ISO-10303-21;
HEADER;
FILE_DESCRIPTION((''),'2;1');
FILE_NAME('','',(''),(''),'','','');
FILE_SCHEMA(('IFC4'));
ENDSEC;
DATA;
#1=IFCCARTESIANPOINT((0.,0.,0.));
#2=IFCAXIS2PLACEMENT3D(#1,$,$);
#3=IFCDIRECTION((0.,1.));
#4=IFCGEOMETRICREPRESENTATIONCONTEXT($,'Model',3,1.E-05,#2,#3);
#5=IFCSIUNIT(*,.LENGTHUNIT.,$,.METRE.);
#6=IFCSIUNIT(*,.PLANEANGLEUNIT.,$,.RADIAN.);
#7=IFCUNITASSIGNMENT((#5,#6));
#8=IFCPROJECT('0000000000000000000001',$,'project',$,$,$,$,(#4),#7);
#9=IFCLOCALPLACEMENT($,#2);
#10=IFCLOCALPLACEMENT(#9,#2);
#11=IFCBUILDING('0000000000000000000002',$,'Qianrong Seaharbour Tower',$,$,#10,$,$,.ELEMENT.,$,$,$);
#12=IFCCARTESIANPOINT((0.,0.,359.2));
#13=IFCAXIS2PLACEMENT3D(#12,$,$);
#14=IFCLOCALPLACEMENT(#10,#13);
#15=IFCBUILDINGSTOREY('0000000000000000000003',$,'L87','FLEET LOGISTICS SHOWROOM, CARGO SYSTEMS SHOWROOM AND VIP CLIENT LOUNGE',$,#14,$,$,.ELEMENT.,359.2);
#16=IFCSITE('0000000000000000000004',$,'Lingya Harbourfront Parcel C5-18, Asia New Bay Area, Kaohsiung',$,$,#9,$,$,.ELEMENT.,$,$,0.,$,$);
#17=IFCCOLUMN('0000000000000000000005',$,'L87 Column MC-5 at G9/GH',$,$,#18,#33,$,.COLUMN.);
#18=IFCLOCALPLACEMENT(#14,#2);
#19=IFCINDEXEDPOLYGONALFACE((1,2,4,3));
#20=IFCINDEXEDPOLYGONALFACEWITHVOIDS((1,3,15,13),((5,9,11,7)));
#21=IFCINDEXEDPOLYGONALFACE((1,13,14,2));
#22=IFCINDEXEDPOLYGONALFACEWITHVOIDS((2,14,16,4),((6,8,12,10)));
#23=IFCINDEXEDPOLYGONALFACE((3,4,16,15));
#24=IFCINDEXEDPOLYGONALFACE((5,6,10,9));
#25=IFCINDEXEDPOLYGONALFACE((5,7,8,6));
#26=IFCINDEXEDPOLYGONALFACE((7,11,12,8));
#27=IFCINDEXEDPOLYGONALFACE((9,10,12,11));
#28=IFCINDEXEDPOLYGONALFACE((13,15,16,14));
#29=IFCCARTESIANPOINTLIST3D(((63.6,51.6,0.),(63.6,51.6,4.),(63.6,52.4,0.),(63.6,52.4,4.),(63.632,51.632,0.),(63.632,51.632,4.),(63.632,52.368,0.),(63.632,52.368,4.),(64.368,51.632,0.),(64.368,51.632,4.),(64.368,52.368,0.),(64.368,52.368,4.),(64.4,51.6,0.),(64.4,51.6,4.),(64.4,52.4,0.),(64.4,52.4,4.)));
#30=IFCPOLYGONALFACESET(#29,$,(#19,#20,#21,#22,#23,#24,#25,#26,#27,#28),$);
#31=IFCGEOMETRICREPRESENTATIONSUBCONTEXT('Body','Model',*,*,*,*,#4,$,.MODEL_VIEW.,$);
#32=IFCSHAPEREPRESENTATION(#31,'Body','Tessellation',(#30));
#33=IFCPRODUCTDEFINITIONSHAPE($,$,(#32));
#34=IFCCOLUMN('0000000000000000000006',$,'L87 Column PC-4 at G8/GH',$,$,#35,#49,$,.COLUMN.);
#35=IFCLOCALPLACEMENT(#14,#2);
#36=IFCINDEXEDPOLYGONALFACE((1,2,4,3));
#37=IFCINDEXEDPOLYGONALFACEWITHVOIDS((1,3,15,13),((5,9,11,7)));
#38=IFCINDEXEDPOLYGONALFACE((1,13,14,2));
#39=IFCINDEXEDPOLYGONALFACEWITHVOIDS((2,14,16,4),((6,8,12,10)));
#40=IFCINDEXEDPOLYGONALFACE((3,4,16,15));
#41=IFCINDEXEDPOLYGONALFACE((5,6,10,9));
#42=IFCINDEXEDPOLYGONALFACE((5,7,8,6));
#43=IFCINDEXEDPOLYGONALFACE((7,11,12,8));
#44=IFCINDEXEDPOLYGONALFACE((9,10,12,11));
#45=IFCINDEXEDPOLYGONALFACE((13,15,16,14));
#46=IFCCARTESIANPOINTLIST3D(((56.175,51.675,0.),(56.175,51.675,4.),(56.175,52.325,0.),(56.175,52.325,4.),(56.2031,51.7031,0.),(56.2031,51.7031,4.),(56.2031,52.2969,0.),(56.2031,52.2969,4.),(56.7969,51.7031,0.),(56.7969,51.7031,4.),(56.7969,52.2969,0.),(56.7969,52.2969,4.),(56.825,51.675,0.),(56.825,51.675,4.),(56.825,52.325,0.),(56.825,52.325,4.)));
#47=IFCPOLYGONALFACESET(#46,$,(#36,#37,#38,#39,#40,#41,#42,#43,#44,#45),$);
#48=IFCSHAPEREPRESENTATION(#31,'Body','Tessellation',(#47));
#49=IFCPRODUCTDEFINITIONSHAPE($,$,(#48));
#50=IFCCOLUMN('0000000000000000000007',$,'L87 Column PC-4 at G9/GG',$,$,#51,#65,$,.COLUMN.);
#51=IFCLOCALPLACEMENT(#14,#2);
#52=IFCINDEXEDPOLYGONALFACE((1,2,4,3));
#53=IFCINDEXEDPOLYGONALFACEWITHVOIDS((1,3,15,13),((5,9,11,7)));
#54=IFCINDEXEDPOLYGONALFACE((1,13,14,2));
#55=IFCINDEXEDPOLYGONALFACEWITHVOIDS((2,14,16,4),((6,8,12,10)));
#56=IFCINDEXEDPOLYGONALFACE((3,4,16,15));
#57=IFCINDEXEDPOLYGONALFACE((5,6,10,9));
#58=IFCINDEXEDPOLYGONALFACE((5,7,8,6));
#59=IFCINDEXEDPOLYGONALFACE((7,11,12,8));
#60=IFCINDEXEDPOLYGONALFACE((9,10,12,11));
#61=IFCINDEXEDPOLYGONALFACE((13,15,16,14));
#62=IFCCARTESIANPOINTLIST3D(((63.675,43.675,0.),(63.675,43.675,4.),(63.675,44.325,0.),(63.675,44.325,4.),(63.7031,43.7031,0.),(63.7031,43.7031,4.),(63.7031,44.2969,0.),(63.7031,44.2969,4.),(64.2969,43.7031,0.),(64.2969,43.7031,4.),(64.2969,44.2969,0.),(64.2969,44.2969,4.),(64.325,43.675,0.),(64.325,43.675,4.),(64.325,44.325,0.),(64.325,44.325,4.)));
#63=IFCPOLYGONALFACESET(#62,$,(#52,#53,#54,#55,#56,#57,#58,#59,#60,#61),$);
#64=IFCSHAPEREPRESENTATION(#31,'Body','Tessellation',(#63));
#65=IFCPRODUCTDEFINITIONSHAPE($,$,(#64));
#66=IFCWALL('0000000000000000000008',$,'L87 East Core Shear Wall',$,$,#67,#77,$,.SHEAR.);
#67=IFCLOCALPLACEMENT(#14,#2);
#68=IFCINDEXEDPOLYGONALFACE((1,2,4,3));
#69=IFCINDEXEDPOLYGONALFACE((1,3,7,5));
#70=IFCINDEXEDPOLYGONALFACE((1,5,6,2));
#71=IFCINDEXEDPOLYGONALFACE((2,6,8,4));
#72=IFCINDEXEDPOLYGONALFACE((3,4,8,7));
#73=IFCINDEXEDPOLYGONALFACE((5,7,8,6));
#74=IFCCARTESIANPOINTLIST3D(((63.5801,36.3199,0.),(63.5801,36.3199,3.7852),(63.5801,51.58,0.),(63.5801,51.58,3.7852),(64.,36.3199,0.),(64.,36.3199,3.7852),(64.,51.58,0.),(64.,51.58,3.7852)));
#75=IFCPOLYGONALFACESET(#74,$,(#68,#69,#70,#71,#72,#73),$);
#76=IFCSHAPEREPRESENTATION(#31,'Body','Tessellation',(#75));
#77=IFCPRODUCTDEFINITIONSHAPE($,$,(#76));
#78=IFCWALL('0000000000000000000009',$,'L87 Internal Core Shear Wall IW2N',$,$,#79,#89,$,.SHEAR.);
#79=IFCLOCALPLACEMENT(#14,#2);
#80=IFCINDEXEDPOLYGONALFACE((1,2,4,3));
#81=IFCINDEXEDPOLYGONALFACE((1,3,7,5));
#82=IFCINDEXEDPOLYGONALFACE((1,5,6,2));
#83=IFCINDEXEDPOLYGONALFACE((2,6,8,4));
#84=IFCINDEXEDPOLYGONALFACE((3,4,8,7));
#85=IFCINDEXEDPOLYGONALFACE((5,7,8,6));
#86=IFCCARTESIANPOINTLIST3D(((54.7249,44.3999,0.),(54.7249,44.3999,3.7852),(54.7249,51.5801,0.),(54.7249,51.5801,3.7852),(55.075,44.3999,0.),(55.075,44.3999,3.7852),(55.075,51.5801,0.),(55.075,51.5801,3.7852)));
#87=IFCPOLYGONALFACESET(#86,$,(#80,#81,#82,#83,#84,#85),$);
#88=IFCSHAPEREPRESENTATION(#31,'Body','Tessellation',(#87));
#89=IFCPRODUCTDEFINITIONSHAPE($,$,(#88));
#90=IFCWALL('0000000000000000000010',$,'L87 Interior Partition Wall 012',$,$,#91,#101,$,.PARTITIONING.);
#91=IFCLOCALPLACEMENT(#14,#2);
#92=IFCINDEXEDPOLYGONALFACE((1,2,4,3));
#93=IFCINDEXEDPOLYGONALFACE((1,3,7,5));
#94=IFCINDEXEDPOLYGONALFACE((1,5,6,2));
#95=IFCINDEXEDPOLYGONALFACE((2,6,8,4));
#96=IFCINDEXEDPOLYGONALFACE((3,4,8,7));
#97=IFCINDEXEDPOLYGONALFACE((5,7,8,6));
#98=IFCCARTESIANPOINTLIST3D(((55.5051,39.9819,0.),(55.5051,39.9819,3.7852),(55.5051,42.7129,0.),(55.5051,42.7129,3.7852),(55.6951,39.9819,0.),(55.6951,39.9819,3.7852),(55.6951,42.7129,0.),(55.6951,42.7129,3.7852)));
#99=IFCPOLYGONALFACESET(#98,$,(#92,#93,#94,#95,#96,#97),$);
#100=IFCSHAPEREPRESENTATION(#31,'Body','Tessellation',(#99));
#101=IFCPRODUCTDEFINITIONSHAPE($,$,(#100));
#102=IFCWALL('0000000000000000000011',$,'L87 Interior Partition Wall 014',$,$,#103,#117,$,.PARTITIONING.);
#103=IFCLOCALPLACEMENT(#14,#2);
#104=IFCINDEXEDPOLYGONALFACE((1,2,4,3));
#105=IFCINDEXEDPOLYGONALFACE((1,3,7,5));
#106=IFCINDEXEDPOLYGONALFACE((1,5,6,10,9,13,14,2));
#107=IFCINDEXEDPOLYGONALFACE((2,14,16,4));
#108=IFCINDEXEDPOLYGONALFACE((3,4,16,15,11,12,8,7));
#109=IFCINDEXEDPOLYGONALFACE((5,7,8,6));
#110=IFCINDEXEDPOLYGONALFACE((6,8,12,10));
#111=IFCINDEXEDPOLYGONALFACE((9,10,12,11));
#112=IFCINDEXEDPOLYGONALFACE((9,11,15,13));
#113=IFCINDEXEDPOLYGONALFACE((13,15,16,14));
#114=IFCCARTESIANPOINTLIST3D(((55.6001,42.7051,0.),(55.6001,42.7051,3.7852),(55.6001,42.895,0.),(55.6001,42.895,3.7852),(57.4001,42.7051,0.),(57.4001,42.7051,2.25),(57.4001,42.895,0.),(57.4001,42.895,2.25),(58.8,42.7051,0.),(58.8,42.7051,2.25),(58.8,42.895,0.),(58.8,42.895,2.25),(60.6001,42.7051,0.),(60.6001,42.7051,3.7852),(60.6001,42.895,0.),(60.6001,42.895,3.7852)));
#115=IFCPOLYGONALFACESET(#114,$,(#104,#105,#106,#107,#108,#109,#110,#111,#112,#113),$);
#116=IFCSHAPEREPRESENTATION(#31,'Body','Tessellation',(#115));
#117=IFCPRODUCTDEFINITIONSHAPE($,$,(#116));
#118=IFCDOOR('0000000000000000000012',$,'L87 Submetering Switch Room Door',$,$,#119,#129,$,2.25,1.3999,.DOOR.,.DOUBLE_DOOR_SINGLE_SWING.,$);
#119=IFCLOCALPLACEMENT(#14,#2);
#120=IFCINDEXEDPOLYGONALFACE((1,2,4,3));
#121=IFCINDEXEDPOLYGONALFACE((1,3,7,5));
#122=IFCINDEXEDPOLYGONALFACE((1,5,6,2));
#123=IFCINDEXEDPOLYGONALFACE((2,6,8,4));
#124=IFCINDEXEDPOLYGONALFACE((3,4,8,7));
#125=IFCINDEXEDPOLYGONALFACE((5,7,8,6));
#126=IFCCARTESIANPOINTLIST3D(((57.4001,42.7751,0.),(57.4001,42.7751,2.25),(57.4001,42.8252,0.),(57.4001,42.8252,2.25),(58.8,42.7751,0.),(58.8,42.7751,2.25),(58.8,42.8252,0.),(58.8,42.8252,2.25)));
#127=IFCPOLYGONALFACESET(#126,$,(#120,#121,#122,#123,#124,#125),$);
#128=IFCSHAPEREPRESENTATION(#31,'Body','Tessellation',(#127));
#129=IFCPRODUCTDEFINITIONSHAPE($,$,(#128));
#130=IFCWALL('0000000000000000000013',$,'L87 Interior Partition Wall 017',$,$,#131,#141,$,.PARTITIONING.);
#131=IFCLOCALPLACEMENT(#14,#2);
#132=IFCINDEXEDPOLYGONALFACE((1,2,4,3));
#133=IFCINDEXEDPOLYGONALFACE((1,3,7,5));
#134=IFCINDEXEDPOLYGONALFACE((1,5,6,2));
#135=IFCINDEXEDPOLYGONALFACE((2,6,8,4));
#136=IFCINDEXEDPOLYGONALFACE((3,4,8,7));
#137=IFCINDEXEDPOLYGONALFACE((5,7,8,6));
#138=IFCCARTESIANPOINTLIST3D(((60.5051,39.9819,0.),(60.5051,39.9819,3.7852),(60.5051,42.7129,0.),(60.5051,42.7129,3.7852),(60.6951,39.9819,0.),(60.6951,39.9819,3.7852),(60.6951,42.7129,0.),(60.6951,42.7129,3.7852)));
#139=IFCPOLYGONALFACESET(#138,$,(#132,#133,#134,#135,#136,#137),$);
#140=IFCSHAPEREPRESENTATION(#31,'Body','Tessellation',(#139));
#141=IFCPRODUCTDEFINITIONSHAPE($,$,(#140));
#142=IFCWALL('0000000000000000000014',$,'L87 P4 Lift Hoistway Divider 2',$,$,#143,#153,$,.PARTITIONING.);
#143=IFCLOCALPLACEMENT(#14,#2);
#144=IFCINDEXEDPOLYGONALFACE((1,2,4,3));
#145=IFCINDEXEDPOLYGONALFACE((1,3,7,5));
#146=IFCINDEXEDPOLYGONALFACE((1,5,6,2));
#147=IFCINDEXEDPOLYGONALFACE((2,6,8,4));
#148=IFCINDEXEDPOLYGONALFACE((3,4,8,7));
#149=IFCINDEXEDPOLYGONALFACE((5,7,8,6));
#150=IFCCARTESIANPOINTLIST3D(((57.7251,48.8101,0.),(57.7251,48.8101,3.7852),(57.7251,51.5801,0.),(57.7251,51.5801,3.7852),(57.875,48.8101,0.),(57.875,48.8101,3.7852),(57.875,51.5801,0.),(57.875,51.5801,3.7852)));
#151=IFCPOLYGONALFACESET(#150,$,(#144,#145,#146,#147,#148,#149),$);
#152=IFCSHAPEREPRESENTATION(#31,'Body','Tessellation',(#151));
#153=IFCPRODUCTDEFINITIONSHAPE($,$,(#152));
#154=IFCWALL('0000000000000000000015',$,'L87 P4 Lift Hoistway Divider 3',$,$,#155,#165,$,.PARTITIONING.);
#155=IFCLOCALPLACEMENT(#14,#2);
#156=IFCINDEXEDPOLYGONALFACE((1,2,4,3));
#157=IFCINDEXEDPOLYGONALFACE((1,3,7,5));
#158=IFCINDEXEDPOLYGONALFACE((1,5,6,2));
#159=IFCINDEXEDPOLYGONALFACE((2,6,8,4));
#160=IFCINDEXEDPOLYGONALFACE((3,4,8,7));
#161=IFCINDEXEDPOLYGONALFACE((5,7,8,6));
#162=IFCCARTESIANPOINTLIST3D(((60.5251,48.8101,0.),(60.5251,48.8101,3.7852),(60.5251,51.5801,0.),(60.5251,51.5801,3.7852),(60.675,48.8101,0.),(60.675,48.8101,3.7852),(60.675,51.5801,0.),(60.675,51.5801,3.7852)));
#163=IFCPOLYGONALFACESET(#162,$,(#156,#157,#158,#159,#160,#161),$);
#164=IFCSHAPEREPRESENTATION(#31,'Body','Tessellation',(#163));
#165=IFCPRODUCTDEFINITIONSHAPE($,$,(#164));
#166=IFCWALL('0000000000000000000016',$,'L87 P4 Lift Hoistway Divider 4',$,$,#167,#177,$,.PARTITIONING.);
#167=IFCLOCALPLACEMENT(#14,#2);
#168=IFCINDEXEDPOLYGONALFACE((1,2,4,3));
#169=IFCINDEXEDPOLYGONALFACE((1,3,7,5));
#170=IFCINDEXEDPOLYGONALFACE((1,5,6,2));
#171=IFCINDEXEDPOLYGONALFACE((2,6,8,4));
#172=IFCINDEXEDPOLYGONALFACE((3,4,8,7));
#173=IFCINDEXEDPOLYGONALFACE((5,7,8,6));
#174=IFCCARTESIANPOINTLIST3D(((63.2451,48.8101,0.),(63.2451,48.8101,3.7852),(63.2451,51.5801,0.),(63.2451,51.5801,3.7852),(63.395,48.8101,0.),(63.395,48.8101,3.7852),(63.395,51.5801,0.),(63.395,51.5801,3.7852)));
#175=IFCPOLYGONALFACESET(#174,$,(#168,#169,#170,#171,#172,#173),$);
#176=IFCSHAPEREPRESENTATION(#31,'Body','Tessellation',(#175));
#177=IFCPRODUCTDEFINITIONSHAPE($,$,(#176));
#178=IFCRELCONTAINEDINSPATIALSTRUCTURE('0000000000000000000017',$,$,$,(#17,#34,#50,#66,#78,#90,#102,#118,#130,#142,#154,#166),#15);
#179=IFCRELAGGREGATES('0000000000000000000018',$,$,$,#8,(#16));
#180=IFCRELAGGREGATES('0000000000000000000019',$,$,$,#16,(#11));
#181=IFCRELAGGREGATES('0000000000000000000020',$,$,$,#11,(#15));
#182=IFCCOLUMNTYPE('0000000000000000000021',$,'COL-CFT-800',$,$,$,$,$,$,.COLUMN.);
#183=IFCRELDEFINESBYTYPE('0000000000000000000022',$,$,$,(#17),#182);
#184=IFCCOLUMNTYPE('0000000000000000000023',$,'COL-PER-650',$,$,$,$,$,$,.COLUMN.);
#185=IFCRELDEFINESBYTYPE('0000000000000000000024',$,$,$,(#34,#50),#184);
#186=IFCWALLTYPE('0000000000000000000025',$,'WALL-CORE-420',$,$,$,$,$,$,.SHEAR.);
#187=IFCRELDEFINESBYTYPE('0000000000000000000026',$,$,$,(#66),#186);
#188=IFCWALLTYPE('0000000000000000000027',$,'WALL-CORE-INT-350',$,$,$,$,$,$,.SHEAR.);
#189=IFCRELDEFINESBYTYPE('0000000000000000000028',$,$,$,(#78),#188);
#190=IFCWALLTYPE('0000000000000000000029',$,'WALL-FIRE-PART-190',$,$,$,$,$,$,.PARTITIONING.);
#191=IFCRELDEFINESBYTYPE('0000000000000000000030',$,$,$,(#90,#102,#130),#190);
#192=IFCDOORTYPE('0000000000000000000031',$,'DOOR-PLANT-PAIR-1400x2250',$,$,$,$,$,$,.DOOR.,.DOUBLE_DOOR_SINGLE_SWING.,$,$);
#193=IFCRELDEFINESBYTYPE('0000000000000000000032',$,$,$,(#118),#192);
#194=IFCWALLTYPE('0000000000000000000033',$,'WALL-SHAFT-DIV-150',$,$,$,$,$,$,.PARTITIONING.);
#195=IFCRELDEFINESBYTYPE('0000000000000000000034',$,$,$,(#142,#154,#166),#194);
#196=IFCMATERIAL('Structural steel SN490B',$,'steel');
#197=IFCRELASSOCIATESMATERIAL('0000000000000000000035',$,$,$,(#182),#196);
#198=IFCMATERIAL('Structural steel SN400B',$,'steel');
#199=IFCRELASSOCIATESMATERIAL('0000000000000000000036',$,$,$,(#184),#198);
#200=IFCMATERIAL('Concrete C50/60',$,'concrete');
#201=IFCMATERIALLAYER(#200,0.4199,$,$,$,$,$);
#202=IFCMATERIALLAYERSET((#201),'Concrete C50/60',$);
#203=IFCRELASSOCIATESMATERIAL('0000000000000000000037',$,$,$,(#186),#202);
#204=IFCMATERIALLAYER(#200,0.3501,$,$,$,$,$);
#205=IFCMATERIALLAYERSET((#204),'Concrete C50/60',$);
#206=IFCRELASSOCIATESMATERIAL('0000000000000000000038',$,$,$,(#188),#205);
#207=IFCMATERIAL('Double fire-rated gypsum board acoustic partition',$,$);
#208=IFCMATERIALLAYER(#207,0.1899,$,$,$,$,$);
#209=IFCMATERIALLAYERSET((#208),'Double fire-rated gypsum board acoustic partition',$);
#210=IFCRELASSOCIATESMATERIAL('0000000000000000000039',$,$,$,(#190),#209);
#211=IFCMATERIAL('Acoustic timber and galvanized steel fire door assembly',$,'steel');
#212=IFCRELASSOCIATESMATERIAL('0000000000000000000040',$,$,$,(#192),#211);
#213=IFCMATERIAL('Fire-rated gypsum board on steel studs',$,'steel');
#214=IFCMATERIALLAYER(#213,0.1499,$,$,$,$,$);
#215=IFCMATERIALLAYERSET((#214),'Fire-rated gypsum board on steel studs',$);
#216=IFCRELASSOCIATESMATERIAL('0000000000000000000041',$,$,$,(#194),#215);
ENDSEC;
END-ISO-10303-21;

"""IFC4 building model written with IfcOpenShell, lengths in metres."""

from ifc_helpers import new_model, si_unit, direction, frame, frame_2d, origin, origin_2d, place, context, subcontext, project, spatial, rectangle, hollow_rectangle, extrude, material, layer, layer_set, material_profile, profile_set, type_object, element, fill, save


model = new_model("IFC4")

# Units and contexts
model_context = context("Model", 3, precision=1e-05, world=origin(), true_north=direction((0.0, 1.0)))
body_context = subcontext(model_context, "Body", "Model", "MODEL_VIEW")
ifc_project = project(units=[si_unit("LENGTHUNIT", "METRE"), si_unit("PLANEANGLEUNIT", "RADIAN")], contexts=[model_context])

# Site, building, storey
site_placement = place(None, origin())
site = spatial("IfcSite", under=ifc_project, at=site_placement, Name="Lingya Harbourfront Parcel C5-18, Asia New Bay Area, Kaohsiung", CompositionType="ELEMENT", RefElevation=0.0)
building_placement = place(site_placement, origin())
building = spatial("IfcBuilding", under=site, at=building_placement, Name="Qianrong Seaharbour Tower", CompositionType="ELEMENT")
storey_placement = place(building_placement, frame((0.0, 0.0, 359.2)))
storey = spatial("IfcBuildingStorey", under=building, at=storey_placement, Name="L87", Description="FLEET LOGISTICS SHOWROOM, CARGO SYSTEMS SHOWROOM AND VIP CLIENT LOUNGE", CompositionType="ELEMENT", Elevation=359.2)

# Columns
ifc_material_1 = material(Name="Structural steel SN490B", Category="steel")
ifc_material_profile_1 = material_profile(ifc_material_1, hollow_rectangle(XDim=0.8, YDim=0.8, WallThickness=0.032, at=origin_2d()), Name="BOX800x800x32")
ifc_profile_set_1 = profile_set([ifc_material_profile_1], Name="Structural steel SN490B")
column_type_1 = type_object("IfcColumnType", Name="COL-CFT-800", PredefinedType="COLUMN", material=ifc_profile_set_1)
column_placement = place(storey_placement, frame((64.0, 52.0, 0.0), z_axis=(0.0, 0.0, 1.0), x_axis=(1.0, 0.0, 0.0)))
element("IfcColumn", 1, at=column_placement, inside=storey, type_object=column_type_1, Name="L87 Column MC-5 at G9/GH", PredefinedType="COLUMN", context=body_context, shape_type="SweptSolid", body=[
    extrude(hollow_rectangle(XDim=0.8, YDim=0.8, WallThickness=0.032, at=origin_2d()), origin(), (0.0, 0.0, 1.0), 4.0),
])
ifc_material_2 = material(Name="Structural steel SN400B", Category="steel")
ifc_material_profile_2 = material_profile(ifc_material_2, hollow_rectangle(XDim=0.6499, YDim=0.6499, WallThickness=0.0281, at=origin_2d()), Name="BOX650x650x28")
ifc_profile_set_2 = profile_set([ifc_material_profile_2], Name="Structural steel SN400B")
column_type_2 = type_object("IfcColumnType", Name="COL-PER-650", PredefinedType="COLUMN", material=ifc_profile_set_2)
for number, where, z_axis, x_axis, name in (
    (2, (56.5, 52.0, 0.0), (0.0, 0.0, 1.0), (1.0, 0.0, 0.0), "L87 Column PC-4 at G8/GH"),
    (3, (64.0, 44.0, 0.0), (0.0, 0.0, 1.0), (1.0, 0.0, 0.0), "L87 Column PC-4 at G9/GG"),
):
    element("IfcColumn", number, at=place(storey_placement, frame(where, z_axis=z_axis, x_axis=x_axis)), inside=storey, type_object=column_type_2, Name=name, PredefinedType="COLUMN", context=body_context, shape_type="SweptSolid", body=[
        extrude(hollow_rectangle(XDim=0.6499, YDim=0.6499, WallThickness=0.0281, at=origin_2d()), origin(), (0.0, 0.0, 1.0), 4.0),
    ])

# Walls
ifc_material_3 = material(Name="Concrete C50/60", Category="concrete")
ifc_layer_1 = layer(ifc_material_3, 0.4199)
ifc_layer_set_1 = layer_set([ifc_layer_1], Name="Concrete C50/60")
wall_type_1 = type_object("IfcWallType", Name="WALL-CORE-420", PredefinedType="SHEAR", material=ifc_layer_set_1)
wall_1_placement = place(storey_placement, frame((63.79, 36.3201, 0.0), z_axis=(0.0, 0.0, 1.0), x_axis=(0.0, 1.0, 0.0)))
element("IfcWall", 4, at=wall_1_placement, inside=storey, type_object=wall_type_1, Name="L87 East Core Shear Wall", PredefinedType="SHEAR", context=body_context, shape_type="SweptSolid", body=[
    extrude(rectangle(XDim=15.26, YDim=0.4199, at=frame_2d((7.6299, 0.0))), origin(), (0.0, 0.0, 1.0), 3.7852),
])
ifc_layer_2 = layer(ifc_material_3, 0.3501)
ifc_layer_set_2 = layer_set([ifc_layer_2], Name="Concrete C50/60")
wall_type_2 = type_object("IfcWallType", Name="WALL-CORE-INT-350", PredefinedType="SHEAR", material=ifc_layer_set_2)
wall_2_placement = place(storey_placement, frame((54.8999, 44.3999, 0.0), z_axis=(0.0, 0.0, 1.0), x_axis=(0.0, 1.0, 0.0)))
element("IfcWall", 5, at=wall_2_placement, inside=storey, type_object=wall_type_2, Name="L87 Internal Core Shear Wall IW2N", PredefinedType="SHEAR", context=body_context, shape_type="SweptSolid", body=[
    extrude(rectangle(XDim=7.1802, YDim=0.3501, at=frame_2d((3.5901, 0.0))), origin(), (0.0, 0.0, 1.0), 3.7852),
])

# Shared definitions
ifc_material_4 = material(Name="Acoustic timber and galvanized steel fire door assembly", Category="steel")

# Wall
ifc_material_5 = material(Name="Double fire-rated gypsum board acoustic partition")
ifc_layer_3 = layer(ifc_material_5, 0.1899)
ifc_layer_set_3 = layer_set([ifc_layer_3], Name="Double fire-rated gypsum board acoustic partition")
wall_type_3 = type_object("IfcWallType", Name="WALL-FIRE-PART-190", PredefinedType="PARTITIONING", material=ifc_layer_set_3)
wall_3_placement = place(storey_placement, frame((55.6001, 42.7129, 0.0), z_axis=(0.0, 0.0, 1.0), x_axis=(0.0, -1.0, 0.0)))
element("IfcWall", 6, at=wall_3_placement, inside=storey, type_object=wall_type_3, Name="L87 Interior Partition Wall 012", PredefinedType="PARTITIONING", context=body_context, shape_type="SweptSolid", body=[
    extrude(rectangle(XDim=2.731, YDim=0.1899, at=frame_2d((1.3655, 0.0))), origin(), (0.0, 0.0, 1.0), 3.7852),
])

# Wall, opening, door
wall_4_placement = place(storey_placement, frame((60.6001, 42.8, 0.0), z_axis=(0.0, 0.0, 1.0), x_axis=(-1.0, 0.0, 0.0)))
wall_4 = element("IfcWall", 7, at=wall_4_placement, inside=storey, type_object=wall_type_3, Name="L87 Interior Partition Wall 014", PredefinedType="PARTITIONING", context=body_context, shape_type="SweptSolid", body=[
    extrude(rectangle(XDim=5.0, YDim=0.1899, at=frame_2d((2.5, 0.0))), origin(), (0.0, 0.0, 1.0), 3.7852),
])
opening_1_placement = place(wall_4_placement, frame((1.8, 0.0, 0.0)))
opening_1 = element("IfcOpeningElement", 8, at=opening_1_placement, cuts=wall_4, PredefinedType="OPENING", context=body_context, shape_type="SweptSolid", body=[
    extrude(rectangle(XDim=1.3999, YDim=2.25, at=frame_2d((0.7, 1.125))), frame((0.0, 0.105, 0.0), z_axis=(0.0, -1.0, 0.0), x_axis=(1.0, 0.0, 0.0)), (0.0, 0.0, 1.0), 0.21),
])
door_type_1 = type_object("IfcDoorType", Name="DOOR-PLANT-PAIR-1400x2250", OperationType="DOUBLE_DOOR_SINGLE_SWING", PredefinedType="DOOR", material=ifc_material_4)
door_1_placement = place(opening_1_placement, origin())
door_1 = element("IfcDoor", 9, at=door_1_placement, inside=storey, type_object=door_type_1, Name="L87 Submetering Switch Room Door", OperationType="DOUBLE_DOOR_SINGLE_SWING", OverallHeight=2.25, OverallWidth=1.3999, PredefinedType="DOOR", context=body_context, shape_type="SweptSolid", body=[
    extrude(rectangle(XDim=1.3999, YDim=2.25, at=frame_2d((0.7, 1.125))), frame((0.0, 0.0249, 0.0), z_axis=(0.0, -1.0, 0.0), x_axis=(1.0, 0.0, 0.0)), (0.0, 0.0, 1.0), 0.05),
])
fill(opening_1, door_1)

# Walls
wall_5_placement = place(storey_placement, frame((60.6001, 42.7129, 0.0), z_axis=(0.0, 0.0, 1.0), x_axis=(0.0, -1.0, 0.0)))
element("IfcWall", 10, at=wall_5_placement, inside=storey, type_object=wall_type_3, Name="L87 Interior Partition Wall 017", PredefinedType="PARTITIONING", context=body_context, shape_type="SweptSolid", body=[
    extrude(rectangle(XDim=2.731, YDim=0.1899, at=frame_2d((1.3655, 0.0))), origin(), (0.0, 0.0, 1.0), 3.7852),
])
ifc_material_6 = material(Name="Fire-rated gypsum board on steel studs", Category="steel")
ifc_layer_4 = layer(ifc_material_6, 0.1499)
ifc_layer_set_4 = layer_set([ifc_layer_4], Name="Fire-rated gypsum board on steel studs")
wall_type_4 = type_object("IfcWallType", Name="WALL-SHAFT-DIV-150", PredefinedType="PARTITIONING", material=ifc_layer_set_4)
for number, where, z_axis, x_axis, name in (
    (11, (57.8, 48.8101, 0.0), (0.0, 0.0, 1.0), (0.0, 1.0, 0.0), "L87 P4 Lift Hoistway Divider 2"),
    (12, (60.6001, 48.8101, 0.0), (0.0, 0.0, 1.0), (0.0, 1.0, 0.0), "L87 P4 Lift Hoistway Divider 3"),
    (13, (63.3201, 48.8101, 0.0), (0.0, 0.0, 1.0), (0.0, 1.0, 0.0), "L87 P4 Lift Hoistway Divider 4"),
):
    element("IfcWall", number, at=place(storey_placement, frame(where, z_axis=z_axis, x_axis=x_axis)), inside=storey, type_object=wall_type_4, Name=name, PredefinedType="PARTITIONING", context=body_context, shape_type="SweptSolid", body=[
        extrude(rectangle(XDim=2.77, YDim=0.1499, at=frame_2d((1.385, 0.0))), origin(), (0.0, 0.0, 1.0), 3.7852),
    ])

save(model, "model.ifc")
